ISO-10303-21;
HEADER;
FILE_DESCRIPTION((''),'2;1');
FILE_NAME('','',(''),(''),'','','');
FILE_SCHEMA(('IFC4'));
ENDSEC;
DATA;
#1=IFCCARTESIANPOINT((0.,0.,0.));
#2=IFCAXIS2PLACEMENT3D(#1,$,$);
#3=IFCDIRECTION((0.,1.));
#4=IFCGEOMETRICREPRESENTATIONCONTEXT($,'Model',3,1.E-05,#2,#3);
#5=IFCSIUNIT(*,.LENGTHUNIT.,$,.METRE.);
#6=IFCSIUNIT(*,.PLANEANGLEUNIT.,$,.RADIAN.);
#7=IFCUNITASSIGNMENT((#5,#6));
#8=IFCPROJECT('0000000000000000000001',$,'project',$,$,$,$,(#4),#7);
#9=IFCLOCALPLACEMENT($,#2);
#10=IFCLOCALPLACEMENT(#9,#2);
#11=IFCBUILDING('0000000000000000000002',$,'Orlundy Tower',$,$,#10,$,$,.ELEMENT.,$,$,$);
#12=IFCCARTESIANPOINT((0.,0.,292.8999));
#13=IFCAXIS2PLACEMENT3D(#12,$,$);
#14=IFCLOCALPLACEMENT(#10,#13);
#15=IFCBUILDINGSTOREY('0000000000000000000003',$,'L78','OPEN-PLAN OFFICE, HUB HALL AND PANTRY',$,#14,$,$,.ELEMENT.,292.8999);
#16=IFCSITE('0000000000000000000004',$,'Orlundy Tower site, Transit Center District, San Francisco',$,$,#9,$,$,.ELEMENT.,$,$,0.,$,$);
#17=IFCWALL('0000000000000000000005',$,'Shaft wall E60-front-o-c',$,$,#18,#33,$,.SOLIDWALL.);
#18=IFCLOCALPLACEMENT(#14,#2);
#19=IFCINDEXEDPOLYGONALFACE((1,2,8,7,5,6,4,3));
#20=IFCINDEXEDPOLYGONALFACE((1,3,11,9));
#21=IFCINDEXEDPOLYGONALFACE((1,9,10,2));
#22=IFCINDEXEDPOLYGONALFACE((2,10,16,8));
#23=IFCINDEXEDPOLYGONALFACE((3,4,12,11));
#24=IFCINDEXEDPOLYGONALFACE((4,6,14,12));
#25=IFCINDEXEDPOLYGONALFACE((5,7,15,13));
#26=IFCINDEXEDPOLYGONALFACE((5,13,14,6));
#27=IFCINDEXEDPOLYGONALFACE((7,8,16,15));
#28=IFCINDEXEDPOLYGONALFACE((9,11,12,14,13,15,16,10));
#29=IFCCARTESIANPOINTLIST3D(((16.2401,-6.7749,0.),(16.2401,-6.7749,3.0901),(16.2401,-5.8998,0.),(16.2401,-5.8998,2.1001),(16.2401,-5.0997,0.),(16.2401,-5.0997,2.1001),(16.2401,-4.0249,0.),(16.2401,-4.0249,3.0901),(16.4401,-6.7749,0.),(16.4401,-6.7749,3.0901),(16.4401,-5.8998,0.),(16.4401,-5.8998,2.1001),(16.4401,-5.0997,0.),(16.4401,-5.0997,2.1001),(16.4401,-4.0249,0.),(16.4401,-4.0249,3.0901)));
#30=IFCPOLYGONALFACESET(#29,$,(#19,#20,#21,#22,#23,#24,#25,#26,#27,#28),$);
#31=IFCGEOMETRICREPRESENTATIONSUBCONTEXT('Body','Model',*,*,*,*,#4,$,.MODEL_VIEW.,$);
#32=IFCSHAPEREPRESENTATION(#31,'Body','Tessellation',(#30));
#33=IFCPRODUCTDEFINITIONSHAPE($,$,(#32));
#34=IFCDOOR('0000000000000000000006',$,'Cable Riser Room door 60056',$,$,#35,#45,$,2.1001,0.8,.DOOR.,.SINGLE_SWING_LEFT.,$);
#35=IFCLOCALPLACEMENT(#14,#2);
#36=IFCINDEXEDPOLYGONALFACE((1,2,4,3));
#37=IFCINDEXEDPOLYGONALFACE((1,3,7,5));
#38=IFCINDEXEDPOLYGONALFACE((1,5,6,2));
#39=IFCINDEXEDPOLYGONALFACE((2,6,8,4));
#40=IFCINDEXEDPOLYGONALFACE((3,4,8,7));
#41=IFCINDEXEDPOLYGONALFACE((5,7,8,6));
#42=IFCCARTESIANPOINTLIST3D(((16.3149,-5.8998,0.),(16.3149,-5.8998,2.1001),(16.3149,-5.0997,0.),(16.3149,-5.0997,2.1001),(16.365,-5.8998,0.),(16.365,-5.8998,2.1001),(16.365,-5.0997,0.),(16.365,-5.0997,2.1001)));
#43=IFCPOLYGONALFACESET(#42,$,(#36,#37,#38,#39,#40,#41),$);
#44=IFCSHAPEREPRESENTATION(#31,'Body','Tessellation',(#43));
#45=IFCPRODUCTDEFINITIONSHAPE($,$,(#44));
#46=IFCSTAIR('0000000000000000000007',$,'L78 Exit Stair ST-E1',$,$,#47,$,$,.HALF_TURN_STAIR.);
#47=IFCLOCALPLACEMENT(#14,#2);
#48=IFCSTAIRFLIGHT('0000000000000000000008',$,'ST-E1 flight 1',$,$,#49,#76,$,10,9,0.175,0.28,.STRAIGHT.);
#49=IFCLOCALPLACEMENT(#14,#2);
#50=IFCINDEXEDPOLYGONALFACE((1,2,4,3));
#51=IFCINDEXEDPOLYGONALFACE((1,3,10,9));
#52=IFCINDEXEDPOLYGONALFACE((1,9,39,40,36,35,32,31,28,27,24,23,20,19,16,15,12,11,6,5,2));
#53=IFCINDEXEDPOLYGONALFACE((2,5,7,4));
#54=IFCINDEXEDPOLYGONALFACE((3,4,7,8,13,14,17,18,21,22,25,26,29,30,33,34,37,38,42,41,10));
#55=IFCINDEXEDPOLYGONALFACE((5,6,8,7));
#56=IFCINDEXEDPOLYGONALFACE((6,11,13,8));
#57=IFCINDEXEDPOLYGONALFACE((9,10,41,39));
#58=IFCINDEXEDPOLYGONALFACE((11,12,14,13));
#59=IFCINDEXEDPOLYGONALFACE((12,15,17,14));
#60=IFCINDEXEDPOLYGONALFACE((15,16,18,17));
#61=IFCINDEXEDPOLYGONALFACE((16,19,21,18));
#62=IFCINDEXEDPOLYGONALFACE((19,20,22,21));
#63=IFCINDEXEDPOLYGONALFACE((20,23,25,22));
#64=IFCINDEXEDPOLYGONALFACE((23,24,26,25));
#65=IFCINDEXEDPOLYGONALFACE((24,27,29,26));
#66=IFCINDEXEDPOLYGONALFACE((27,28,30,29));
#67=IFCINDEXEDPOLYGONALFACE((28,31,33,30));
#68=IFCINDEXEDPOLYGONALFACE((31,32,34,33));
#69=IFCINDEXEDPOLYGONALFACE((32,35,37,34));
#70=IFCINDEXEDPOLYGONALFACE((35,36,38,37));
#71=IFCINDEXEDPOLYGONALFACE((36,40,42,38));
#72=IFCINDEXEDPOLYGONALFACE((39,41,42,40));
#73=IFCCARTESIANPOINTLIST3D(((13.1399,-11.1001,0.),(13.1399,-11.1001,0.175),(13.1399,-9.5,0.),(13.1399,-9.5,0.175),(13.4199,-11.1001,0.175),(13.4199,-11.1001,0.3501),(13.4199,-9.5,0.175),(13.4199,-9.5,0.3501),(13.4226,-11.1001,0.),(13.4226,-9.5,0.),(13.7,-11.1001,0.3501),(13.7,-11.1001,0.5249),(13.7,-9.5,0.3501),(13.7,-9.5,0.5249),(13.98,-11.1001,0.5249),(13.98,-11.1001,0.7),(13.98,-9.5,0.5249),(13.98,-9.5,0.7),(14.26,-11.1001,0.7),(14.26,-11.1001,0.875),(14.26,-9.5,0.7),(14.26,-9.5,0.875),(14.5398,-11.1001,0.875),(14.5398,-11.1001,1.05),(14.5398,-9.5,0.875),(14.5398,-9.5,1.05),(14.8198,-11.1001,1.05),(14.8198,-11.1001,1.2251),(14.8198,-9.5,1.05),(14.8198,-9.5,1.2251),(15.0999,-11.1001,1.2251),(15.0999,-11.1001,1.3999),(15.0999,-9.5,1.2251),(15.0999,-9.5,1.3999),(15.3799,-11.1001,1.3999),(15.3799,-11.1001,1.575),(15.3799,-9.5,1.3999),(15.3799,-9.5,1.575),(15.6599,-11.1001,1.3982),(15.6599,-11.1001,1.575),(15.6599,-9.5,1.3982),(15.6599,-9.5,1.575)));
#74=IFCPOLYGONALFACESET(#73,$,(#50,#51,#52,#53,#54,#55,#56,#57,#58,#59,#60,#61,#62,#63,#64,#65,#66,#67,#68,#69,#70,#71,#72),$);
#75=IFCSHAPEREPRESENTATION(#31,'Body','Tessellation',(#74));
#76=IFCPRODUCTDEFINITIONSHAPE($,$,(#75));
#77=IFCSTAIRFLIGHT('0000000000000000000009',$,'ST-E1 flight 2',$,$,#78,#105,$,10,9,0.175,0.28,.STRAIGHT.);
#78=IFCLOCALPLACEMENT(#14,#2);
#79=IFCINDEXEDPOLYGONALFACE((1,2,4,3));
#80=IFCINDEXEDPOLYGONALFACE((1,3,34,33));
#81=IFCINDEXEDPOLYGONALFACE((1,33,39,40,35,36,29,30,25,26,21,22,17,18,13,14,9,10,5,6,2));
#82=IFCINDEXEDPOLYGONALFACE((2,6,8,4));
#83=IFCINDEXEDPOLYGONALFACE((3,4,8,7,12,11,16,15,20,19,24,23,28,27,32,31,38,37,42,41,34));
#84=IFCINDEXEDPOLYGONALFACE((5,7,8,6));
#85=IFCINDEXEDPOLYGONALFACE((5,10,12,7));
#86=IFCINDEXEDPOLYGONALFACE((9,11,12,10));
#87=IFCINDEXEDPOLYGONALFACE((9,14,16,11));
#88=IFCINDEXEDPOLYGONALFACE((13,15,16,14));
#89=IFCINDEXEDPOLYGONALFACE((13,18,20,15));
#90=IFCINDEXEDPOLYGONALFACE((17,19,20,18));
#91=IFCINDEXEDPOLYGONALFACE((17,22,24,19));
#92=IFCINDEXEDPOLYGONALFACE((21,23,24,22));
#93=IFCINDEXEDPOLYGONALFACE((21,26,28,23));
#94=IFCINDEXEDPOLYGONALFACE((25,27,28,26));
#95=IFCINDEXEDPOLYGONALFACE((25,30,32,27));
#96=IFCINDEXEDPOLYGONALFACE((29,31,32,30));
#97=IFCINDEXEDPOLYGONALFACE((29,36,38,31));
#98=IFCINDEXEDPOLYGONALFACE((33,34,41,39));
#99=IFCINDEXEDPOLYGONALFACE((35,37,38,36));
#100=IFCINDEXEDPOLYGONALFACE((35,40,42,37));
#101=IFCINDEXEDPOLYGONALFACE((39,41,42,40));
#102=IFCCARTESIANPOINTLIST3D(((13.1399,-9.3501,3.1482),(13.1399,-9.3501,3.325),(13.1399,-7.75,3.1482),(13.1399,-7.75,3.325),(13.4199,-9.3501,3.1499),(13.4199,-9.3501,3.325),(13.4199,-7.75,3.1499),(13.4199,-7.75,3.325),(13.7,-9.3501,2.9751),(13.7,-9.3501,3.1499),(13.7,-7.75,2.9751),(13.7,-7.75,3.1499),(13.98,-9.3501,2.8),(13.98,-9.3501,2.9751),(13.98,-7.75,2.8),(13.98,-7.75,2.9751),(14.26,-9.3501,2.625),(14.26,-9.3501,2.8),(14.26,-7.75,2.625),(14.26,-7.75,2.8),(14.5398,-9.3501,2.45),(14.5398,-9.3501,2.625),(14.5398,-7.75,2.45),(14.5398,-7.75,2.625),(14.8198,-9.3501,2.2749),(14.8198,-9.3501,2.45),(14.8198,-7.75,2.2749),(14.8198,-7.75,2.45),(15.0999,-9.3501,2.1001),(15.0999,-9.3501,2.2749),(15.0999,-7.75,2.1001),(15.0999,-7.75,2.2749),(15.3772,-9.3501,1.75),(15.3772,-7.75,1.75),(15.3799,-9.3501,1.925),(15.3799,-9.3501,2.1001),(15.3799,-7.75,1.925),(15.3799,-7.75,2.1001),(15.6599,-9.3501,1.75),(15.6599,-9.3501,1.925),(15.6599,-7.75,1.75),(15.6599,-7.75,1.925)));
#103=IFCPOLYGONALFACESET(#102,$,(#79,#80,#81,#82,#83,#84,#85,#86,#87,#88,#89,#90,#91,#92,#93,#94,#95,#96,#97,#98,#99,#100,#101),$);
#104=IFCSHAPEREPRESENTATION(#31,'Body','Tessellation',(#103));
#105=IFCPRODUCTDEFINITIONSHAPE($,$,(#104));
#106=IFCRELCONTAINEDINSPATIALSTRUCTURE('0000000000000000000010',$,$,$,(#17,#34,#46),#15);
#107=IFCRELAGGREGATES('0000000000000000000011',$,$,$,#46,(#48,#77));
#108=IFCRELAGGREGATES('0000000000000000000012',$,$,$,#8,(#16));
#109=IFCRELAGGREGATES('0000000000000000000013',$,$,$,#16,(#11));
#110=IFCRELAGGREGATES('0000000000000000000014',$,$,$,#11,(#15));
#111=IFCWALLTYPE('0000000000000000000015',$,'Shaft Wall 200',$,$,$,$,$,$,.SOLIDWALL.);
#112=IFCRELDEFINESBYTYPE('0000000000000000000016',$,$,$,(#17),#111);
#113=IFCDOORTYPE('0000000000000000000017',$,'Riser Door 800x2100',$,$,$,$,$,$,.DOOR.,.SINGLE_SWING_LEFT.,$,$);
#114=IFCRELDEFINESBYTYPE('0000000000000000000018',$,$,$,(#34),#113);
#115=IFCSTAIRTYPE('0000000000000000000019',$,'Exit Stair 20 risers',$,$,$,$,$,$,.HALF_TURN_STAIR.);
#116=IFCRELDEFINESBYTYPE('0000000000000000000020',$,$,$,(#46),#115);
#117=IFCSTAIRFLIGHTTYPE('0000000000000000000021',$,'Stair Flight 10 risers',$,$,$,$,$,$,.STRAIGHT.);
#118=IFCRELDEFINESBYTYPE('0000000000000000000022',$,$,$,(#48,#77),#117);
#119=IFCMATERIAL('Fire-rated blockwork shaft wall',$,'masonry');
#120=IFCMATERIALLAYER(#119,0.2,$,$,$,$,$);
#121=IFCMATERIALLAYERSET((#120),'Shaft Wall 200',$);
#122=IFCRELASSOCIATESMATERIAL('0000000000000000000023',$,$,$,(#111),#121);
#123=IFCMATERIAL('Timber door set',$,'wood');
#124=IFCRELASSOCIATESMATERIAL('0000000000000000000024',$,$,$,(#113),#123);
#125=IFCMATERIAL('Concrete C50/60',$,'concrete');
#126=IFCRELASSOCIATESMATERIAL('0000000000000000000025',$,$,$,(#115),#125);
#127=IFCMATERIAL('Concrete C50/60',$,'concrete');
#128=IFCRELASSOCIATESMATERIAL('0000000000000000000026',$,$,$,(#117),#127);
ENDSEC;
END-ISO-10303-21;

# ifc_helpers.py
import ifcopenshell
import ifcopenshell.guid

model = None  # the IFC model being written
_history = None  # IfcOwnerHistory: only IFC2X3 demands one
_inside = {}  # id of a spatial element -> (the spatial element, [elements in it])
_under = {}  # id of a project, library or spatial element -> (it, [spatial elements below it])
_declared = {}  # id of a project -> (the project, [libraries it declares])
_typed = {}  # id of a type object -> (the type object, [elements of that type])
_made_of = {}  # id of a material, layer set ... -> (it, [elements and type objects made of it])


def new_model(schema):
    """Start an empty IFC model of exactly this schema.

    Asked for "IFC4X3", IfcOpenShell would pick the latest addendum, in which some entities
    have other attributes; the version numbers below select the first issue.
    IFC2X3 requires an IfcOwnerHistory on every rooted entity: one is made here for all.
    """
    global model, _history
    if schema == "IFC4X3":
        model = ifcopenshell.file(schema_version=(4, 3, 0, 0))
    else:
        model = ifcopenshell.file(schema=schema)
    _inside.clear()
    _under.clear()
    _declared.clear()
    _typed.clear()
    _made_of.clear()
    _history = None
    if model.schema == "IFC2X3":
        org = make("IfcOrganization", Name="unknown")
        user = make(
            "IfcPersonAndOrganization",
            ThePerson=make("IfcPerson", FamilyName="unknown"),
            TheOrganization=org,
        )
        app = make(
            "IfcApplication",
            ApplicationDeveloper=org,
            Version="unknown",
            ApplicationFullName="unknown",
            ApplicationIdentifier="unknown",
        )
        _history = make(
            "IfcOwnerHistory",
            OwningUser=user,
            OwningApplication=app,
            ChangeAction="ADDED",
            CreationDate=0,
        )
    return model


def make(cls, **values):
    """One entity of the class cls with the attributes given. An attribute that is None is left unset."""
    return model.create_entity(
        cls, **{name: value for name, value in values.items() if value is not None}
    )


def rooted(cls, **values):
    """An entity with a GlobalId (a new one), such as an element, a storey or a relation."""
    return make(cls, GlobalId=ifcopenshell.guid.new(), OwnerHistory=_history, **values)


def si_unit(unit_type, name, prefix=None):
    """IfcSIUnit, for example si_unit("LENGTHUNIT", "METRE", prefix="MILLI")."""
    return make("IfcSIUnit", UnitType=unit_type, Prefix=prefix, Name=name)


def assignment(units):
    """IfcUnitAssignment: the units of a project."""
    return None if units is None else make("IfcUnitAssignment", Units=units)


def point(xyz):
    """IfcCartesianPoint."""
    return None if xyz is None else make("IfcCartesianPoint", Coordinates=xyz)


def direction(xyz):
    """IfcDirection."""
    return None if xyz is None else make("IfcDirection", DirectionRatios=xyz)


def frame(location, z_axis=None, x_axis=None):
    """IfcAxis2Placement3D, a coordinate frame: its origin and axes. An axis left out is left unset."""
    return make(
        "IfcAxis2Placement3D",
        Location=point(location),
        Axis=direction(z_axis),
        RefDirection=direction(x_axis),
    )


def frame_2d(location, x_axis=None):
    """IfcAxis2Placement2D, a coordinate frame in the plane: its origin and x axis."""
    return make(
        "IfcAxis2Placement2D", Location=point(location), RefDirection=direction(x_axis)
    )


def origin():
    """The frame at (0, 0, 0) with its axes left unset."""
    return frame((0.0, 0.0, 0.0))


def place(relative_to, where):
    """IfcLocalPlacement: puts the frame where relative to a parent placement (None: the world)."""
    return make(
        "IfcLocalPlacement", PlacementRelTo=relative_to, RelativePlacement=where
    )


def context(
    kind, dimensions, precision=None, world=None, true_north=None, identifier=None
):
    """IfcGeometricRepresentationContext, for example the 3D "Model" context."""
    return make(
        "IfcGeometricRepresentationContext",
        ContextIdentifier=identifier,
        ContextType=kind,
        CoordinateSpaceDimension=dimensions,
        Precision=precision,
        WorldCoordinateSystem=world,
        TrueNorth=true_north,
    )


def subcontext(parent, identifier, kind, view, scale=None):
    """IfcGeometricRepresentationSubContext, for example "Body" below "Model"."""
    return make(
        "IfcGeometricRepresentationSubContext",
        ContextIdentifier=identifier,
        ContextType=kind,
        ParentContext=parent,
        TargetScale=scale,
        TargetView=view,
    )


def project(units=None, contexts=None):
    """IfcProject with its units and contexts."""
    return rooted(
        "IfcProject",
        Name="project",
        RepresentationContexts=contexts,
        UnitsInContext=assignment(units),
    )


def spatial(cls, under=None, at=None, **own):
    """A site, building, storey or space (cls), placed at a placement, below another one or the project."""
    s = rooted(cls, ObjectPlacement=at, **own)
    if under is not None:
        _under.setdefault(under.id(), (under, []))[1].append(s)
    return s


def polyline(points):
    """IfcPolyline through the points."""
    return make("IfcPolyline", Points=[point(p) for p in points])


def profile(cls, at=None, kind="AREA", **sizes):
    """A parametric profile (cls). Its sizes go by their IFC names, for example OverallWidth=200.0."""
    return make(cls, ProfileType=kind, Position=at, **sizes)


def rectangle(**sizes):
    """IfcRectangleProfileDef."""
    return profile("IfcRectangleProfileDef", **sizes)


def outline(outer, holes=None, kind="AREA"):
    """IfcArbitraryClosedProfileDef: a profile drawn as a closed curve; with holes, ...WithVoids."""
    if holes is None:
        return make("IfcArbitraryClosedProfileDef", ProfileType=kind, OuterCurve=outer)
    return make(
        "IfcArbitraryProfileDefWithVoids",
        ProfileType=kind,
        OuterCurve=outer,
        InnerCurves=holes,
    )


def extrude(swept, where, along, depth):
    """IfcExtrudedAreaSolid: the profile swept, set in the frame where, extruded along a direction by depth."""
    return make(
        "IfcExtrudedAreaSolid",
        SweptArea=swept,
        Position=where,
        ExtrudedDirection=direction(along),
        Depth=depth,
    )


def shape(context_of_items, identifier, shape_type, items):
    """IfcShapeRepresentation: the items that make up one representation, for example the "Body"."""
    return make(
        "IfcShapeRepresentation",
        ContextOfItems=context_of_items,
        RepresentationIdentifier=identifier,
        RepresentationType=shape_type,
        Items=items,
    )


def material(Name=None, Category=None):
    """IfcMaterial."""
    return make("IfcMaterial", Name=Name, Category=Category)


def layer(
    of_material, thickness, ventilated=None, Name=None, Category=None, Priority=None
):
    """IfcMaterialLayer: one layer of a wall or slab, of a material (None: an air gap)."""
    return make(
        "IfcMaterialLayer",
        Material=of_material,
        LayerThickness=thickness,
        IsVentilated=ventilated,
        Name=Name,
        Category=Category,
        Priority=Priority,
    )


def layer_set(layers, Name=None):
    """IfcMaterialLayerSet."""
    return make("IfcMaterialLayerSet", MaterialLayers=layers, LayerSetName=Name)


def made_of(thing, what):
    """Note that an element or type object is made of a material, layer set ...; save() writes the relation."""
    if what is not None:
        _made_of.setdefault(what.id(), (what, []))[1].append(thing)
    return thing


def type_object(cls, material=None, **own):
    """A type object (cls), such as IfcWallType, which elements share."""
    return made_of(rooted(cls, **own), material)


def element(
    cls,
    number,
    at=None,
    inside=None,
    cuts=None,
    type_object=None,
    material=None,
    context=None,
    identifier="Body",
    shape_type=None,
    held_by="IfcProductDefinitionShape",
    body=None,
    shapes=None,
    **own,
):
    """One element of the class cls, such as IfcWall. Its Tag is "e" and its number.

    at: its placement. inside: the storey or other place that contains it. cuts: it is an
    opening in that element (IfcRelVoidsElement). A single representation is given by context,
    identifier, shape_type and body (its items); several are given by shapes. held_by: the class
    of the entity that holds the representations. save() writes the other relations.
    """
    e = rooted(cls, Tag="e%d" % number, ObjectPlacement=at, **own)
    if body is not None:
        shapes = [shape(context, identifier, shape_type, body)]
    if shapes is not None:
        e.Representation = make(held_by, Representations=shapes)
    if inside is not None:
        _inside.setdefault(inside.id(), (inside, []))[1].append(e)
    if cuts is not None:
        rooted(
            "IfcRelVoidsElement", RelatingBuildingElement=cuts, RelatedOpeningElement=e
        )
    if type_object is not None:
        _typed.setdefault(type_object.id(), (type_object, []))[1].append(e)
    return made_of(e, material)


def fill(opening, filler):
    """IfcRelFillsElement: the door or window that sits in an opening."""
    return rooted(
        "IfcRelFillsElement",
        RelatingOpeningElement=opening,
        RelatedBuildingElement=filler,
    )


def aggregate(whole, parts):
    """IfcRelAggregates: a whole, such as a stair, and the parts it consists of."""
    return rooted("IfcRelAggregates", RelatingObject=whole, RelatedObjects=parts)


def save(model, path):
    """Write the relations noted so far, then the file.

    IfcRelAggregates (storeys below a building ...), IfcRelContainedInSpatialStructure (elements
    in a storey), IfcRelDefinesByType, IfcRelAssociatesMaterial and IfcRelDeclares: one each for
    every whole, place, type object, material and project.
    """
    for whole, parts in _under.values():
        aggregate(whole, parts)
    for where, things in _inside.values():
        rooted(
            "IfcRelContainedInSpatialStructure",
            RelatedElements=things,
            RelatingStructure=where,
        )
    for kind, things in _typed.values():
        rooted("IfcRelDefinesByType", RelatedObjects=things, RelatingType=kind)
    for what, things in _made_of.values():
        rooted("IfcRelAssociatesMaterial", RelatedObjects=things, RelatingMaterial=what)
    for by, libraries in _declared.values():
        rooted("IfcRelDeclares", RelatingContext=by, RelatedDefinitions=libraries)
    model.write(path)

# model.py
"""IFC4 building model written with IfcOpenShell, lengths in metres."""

from ifc_helpers import new_model, si_unit, direction, frame, frame_2d, origin, place, context, subcontext, project, spatial, polyline, rectangle, outline, extrude, material, layer, layer_set, type_object, element, fill, aggregate, save


model = new_model("IFC4")

# Units and contexts
model_context = context("Model", 3, precision=1e-05, world=origin(), true_north=direction((0.0, 1.0)))
body_context = subcontext(model_context, "Body", "Model", "MODEL_VIEW")
ifc_project = project(units=[si_unit("LENGTHUNIT", "METRE"), si_unit("PLANEANGLEUNIT", "RADIAN")], contexts=[model_context])

# Site, building, storey
site_placement = place(None, origin())
site = spatial("IfcSite", under=ifc_project, at=site_placement, Name="Orlundy Tower site, Transit Center District, San Francisco", CompositionType="ELEMENT", RefElevation=0.0)
building_placement = place(site_placement, origin())
building = spatial("IfcBuilding", under=site, at=building_placement, Name="Orlundy Tower", CompositionType="ELEMENT")
storey_placement = place(building_placement, frame((0.0, 0.0, 292.8999)))
storey = spatial("IfcBuildingStorey", under=building, at=storey_placement, Name="L78", Description="OPEN-PLAN OFFICE, HUB HALL AND PANTRY", CompositionType="ELEMENT", Elevation=292.8999)

# Shared definitions
ifc_material_1 = material(Name="Fire-rated blockwork shaft wall", Category="masonry")
ifc_layer_1 = layer(ifc_material_1, 0.2)
ifc_layer_set_1 = layer_set([ifc_layer_1], Name="Shaft Wall 200")
wall_type_1 = type_object("IfcWallType", Name="Shaft Wall 200", PredefinedType="SOLIDWALL", material=ifc_layer_set_1)

# Wall, opening, door
wall_1_placement = place(storey_placement, frame((16.3401, -4.0249, 0.0), z_axis=(0.0, 0.0, 1.0), x_axis=(0.0, -1.0, 0.0)))
wall_1 = element("IfcWall", 1, at=wall_1_placement, inside=storey, type_object=wall_type_1, Name="Shaft wall E60-front-o-c", PredefinedType="SOLIDWALL", context=body_context, shape_type="SweptSolid", body=[
    extrude(rectangle(XDim=2.75, YDim=0.2, at=frame_2d((1.375, 0.0))), origin(), (0.0, 0.0, 1.0), 3.0901),
])
opening_1_placement = place(wall_1_placement, frame((1.075, 0.0, 0.0)))
opening_1 = element("IfcOpeningElement", 2, at=opening_1_placement, cuts=wall_1, PredefinedType="OPENING", context=body_context, shape_type="SweptSolid", body=[
    extrude(rectangle(XDim=0.8, YDim=2.1001, at=frame_2d((0.3999, 1.05))), frame((0.0, 0.1101, 0.0), z_axis=(0.0, -1.0, 0.0), x_axis=(1.0, 0.0, 0.0)), (0.0, 0.0, 1.0), 0.2202),
])
ifc_material_2 = material(Name="Timber door set", Category="wood")
door_type_1 = type_object("IfcDoorType", Name="Riser Door 800x2100", OperationType="SINGLE_SWING_LEFT", PredefinedType="DOOR", material=ifc_material_2)
door_1_placement = place(opening_1_placement, origin())
door_1 = element("IfcDoor", 3, at=door_1_placement, inside=storey, type_object=door_type_1, Name="Cable Riser Room door 60056", OperationType="SINGLE_SWING_LEFT", OverallHeight=2.1001, OverallWidth=0.8, PredefinedType="DOOR", context=body_context, shape_type="SweptSolid", body=[
    extrude(rectangle(XDim=0.8, YDim=2.1001, at=frame_2d((0.3999, 1.05))), frame((0.0, 0.0249, 0.0), z_axis=(0.0, -1.0, 0.0), x_axis=(1.0, 0.0, 0.0)), (0.0, 0.0, 1.0), 0.05),
])
fill(opening_1, door_1)

# Stair, stair flights
ifc_material_3 = material(Name="Concrete C50/60", Category="concrete")
stair_type = type_object("IfcStairType", Name="Exit Stair 20 risers", PredefinedType="HALF_TURN_STAIR", material=ifc_material_3)
stair_placement = place(storey_placement, origin())
stair = element("IfcStair", 4, at=stair_placement, inside=storey, type_object=stair_type, Name="L78 Exit Stair ST-E1", PredefinedType="HALF_TURN_STAIR")
ifc_material_4 = material(Name="Concrete C50/60", Category="concrete")
stair_flight_type = type_object("IfcStairFlightType", Name="Stair Flight 10 risers", PredefinedType="STRAIGHT", material=ifc_material_4)
stair_flight_1_placement = place(storey_placement, frame((13.1399, -10.3, 0.0), z_axis=(0.0, 0.0, 1.0), x_axis=(1.0, 0.0, 0.0)))
stair_flight_1 = element("IfcStairFlight", 5, at=stair_flight_1_placement, type_object=stair_flight_type, Name="ST-E1 flight 1", NumberOfRisers=10, NumberOfTreads=9, PredefinedType="STRAIGHT", RiserHeight=0.175, TreadLength=0.28, context=body_context, shape_type="SweptSolid", body=[
    extrude(outline(polyline([(0.0, 0.0), (0.0, 0.175), (0.28, 0.175), (0.28, 0.3501), (0.5601, 0.3501), (0.5601, 0.5249), (0.8401, 0.5249), (0.8401, 0.7), (1.1201, 0.7), (1.1201, 0.875), (1.3999, 0.875), (1.3999, 1.05), (1.6799, 1.05), (1.6799, 1.2251), (1.96, 1.2251), (1.96, 1.3999), (2.24, 1.3999), (2.24, 1.575), (2.52, 1.575), (2.52, 1.75), (2.52, 1.3982), (0.2827, 0.0), (0.0, 0.0)])), frame((0.0, 0.8, 0.0), z_axis=(0.0, -1.0, 0.0), x_axis=(1.0, 0.0, 0.0)), (0.0, 0.0, 1.0), 1.6001),
])
stair_flight_2_placement = place(storey_placement, frame((15.6599, -8.55, 1.75), z_axis=(0.0, 0.0, 1.0), x_axis=(-1.0, 0.0, 0.0)))
stair_flight_2 = element("IfcStairFlight", 6, at=stair_flight_2_placement, type_object=stair_flight_type, Name="ST-E1 flight 2", NumberOfRisers=10, NumberOfTreads=9, PredefinedType="STRAIGHT", RiserHeight=0.175, TreadLength=0.28, context=body_context, shape_type="SweptSolid", body=[
    extrude(outline(polyline([(0.0, 0.0), (0.0, 0.175), (0.28, 0.175), (0.28, 0.3501), (0.5601, 0.3501), (0.5601, 0.5249), (0.8401, 0.5249), (0.8401, 0.7), (1.1201, 0.7), (1.1201, 0.875), (1.3999, 0.875), (1.3999, 1.05), (1.6799, 1.05), (1.6799, 1.2251), (1.96, 1.2251), (1.96, 1.3999), (2.24, 1.3999), (2.24, 1.575), (2.52, 1.575), (2.52, 1.75), (2.52, 1.3982), (0.2827, 0.0), (0.0, 0.0)])), frame((0.0, 0.8, 0.0), z_axis=(0.0, -1.0, 0.0), x_axis=(1.0, 0.0, 0.0)), (0.0, 0.0, 1.0), 1.6001),
])
aggregate(stair, [stair_flight_1, stair_flight_2])

save(model, "model.ifc")
